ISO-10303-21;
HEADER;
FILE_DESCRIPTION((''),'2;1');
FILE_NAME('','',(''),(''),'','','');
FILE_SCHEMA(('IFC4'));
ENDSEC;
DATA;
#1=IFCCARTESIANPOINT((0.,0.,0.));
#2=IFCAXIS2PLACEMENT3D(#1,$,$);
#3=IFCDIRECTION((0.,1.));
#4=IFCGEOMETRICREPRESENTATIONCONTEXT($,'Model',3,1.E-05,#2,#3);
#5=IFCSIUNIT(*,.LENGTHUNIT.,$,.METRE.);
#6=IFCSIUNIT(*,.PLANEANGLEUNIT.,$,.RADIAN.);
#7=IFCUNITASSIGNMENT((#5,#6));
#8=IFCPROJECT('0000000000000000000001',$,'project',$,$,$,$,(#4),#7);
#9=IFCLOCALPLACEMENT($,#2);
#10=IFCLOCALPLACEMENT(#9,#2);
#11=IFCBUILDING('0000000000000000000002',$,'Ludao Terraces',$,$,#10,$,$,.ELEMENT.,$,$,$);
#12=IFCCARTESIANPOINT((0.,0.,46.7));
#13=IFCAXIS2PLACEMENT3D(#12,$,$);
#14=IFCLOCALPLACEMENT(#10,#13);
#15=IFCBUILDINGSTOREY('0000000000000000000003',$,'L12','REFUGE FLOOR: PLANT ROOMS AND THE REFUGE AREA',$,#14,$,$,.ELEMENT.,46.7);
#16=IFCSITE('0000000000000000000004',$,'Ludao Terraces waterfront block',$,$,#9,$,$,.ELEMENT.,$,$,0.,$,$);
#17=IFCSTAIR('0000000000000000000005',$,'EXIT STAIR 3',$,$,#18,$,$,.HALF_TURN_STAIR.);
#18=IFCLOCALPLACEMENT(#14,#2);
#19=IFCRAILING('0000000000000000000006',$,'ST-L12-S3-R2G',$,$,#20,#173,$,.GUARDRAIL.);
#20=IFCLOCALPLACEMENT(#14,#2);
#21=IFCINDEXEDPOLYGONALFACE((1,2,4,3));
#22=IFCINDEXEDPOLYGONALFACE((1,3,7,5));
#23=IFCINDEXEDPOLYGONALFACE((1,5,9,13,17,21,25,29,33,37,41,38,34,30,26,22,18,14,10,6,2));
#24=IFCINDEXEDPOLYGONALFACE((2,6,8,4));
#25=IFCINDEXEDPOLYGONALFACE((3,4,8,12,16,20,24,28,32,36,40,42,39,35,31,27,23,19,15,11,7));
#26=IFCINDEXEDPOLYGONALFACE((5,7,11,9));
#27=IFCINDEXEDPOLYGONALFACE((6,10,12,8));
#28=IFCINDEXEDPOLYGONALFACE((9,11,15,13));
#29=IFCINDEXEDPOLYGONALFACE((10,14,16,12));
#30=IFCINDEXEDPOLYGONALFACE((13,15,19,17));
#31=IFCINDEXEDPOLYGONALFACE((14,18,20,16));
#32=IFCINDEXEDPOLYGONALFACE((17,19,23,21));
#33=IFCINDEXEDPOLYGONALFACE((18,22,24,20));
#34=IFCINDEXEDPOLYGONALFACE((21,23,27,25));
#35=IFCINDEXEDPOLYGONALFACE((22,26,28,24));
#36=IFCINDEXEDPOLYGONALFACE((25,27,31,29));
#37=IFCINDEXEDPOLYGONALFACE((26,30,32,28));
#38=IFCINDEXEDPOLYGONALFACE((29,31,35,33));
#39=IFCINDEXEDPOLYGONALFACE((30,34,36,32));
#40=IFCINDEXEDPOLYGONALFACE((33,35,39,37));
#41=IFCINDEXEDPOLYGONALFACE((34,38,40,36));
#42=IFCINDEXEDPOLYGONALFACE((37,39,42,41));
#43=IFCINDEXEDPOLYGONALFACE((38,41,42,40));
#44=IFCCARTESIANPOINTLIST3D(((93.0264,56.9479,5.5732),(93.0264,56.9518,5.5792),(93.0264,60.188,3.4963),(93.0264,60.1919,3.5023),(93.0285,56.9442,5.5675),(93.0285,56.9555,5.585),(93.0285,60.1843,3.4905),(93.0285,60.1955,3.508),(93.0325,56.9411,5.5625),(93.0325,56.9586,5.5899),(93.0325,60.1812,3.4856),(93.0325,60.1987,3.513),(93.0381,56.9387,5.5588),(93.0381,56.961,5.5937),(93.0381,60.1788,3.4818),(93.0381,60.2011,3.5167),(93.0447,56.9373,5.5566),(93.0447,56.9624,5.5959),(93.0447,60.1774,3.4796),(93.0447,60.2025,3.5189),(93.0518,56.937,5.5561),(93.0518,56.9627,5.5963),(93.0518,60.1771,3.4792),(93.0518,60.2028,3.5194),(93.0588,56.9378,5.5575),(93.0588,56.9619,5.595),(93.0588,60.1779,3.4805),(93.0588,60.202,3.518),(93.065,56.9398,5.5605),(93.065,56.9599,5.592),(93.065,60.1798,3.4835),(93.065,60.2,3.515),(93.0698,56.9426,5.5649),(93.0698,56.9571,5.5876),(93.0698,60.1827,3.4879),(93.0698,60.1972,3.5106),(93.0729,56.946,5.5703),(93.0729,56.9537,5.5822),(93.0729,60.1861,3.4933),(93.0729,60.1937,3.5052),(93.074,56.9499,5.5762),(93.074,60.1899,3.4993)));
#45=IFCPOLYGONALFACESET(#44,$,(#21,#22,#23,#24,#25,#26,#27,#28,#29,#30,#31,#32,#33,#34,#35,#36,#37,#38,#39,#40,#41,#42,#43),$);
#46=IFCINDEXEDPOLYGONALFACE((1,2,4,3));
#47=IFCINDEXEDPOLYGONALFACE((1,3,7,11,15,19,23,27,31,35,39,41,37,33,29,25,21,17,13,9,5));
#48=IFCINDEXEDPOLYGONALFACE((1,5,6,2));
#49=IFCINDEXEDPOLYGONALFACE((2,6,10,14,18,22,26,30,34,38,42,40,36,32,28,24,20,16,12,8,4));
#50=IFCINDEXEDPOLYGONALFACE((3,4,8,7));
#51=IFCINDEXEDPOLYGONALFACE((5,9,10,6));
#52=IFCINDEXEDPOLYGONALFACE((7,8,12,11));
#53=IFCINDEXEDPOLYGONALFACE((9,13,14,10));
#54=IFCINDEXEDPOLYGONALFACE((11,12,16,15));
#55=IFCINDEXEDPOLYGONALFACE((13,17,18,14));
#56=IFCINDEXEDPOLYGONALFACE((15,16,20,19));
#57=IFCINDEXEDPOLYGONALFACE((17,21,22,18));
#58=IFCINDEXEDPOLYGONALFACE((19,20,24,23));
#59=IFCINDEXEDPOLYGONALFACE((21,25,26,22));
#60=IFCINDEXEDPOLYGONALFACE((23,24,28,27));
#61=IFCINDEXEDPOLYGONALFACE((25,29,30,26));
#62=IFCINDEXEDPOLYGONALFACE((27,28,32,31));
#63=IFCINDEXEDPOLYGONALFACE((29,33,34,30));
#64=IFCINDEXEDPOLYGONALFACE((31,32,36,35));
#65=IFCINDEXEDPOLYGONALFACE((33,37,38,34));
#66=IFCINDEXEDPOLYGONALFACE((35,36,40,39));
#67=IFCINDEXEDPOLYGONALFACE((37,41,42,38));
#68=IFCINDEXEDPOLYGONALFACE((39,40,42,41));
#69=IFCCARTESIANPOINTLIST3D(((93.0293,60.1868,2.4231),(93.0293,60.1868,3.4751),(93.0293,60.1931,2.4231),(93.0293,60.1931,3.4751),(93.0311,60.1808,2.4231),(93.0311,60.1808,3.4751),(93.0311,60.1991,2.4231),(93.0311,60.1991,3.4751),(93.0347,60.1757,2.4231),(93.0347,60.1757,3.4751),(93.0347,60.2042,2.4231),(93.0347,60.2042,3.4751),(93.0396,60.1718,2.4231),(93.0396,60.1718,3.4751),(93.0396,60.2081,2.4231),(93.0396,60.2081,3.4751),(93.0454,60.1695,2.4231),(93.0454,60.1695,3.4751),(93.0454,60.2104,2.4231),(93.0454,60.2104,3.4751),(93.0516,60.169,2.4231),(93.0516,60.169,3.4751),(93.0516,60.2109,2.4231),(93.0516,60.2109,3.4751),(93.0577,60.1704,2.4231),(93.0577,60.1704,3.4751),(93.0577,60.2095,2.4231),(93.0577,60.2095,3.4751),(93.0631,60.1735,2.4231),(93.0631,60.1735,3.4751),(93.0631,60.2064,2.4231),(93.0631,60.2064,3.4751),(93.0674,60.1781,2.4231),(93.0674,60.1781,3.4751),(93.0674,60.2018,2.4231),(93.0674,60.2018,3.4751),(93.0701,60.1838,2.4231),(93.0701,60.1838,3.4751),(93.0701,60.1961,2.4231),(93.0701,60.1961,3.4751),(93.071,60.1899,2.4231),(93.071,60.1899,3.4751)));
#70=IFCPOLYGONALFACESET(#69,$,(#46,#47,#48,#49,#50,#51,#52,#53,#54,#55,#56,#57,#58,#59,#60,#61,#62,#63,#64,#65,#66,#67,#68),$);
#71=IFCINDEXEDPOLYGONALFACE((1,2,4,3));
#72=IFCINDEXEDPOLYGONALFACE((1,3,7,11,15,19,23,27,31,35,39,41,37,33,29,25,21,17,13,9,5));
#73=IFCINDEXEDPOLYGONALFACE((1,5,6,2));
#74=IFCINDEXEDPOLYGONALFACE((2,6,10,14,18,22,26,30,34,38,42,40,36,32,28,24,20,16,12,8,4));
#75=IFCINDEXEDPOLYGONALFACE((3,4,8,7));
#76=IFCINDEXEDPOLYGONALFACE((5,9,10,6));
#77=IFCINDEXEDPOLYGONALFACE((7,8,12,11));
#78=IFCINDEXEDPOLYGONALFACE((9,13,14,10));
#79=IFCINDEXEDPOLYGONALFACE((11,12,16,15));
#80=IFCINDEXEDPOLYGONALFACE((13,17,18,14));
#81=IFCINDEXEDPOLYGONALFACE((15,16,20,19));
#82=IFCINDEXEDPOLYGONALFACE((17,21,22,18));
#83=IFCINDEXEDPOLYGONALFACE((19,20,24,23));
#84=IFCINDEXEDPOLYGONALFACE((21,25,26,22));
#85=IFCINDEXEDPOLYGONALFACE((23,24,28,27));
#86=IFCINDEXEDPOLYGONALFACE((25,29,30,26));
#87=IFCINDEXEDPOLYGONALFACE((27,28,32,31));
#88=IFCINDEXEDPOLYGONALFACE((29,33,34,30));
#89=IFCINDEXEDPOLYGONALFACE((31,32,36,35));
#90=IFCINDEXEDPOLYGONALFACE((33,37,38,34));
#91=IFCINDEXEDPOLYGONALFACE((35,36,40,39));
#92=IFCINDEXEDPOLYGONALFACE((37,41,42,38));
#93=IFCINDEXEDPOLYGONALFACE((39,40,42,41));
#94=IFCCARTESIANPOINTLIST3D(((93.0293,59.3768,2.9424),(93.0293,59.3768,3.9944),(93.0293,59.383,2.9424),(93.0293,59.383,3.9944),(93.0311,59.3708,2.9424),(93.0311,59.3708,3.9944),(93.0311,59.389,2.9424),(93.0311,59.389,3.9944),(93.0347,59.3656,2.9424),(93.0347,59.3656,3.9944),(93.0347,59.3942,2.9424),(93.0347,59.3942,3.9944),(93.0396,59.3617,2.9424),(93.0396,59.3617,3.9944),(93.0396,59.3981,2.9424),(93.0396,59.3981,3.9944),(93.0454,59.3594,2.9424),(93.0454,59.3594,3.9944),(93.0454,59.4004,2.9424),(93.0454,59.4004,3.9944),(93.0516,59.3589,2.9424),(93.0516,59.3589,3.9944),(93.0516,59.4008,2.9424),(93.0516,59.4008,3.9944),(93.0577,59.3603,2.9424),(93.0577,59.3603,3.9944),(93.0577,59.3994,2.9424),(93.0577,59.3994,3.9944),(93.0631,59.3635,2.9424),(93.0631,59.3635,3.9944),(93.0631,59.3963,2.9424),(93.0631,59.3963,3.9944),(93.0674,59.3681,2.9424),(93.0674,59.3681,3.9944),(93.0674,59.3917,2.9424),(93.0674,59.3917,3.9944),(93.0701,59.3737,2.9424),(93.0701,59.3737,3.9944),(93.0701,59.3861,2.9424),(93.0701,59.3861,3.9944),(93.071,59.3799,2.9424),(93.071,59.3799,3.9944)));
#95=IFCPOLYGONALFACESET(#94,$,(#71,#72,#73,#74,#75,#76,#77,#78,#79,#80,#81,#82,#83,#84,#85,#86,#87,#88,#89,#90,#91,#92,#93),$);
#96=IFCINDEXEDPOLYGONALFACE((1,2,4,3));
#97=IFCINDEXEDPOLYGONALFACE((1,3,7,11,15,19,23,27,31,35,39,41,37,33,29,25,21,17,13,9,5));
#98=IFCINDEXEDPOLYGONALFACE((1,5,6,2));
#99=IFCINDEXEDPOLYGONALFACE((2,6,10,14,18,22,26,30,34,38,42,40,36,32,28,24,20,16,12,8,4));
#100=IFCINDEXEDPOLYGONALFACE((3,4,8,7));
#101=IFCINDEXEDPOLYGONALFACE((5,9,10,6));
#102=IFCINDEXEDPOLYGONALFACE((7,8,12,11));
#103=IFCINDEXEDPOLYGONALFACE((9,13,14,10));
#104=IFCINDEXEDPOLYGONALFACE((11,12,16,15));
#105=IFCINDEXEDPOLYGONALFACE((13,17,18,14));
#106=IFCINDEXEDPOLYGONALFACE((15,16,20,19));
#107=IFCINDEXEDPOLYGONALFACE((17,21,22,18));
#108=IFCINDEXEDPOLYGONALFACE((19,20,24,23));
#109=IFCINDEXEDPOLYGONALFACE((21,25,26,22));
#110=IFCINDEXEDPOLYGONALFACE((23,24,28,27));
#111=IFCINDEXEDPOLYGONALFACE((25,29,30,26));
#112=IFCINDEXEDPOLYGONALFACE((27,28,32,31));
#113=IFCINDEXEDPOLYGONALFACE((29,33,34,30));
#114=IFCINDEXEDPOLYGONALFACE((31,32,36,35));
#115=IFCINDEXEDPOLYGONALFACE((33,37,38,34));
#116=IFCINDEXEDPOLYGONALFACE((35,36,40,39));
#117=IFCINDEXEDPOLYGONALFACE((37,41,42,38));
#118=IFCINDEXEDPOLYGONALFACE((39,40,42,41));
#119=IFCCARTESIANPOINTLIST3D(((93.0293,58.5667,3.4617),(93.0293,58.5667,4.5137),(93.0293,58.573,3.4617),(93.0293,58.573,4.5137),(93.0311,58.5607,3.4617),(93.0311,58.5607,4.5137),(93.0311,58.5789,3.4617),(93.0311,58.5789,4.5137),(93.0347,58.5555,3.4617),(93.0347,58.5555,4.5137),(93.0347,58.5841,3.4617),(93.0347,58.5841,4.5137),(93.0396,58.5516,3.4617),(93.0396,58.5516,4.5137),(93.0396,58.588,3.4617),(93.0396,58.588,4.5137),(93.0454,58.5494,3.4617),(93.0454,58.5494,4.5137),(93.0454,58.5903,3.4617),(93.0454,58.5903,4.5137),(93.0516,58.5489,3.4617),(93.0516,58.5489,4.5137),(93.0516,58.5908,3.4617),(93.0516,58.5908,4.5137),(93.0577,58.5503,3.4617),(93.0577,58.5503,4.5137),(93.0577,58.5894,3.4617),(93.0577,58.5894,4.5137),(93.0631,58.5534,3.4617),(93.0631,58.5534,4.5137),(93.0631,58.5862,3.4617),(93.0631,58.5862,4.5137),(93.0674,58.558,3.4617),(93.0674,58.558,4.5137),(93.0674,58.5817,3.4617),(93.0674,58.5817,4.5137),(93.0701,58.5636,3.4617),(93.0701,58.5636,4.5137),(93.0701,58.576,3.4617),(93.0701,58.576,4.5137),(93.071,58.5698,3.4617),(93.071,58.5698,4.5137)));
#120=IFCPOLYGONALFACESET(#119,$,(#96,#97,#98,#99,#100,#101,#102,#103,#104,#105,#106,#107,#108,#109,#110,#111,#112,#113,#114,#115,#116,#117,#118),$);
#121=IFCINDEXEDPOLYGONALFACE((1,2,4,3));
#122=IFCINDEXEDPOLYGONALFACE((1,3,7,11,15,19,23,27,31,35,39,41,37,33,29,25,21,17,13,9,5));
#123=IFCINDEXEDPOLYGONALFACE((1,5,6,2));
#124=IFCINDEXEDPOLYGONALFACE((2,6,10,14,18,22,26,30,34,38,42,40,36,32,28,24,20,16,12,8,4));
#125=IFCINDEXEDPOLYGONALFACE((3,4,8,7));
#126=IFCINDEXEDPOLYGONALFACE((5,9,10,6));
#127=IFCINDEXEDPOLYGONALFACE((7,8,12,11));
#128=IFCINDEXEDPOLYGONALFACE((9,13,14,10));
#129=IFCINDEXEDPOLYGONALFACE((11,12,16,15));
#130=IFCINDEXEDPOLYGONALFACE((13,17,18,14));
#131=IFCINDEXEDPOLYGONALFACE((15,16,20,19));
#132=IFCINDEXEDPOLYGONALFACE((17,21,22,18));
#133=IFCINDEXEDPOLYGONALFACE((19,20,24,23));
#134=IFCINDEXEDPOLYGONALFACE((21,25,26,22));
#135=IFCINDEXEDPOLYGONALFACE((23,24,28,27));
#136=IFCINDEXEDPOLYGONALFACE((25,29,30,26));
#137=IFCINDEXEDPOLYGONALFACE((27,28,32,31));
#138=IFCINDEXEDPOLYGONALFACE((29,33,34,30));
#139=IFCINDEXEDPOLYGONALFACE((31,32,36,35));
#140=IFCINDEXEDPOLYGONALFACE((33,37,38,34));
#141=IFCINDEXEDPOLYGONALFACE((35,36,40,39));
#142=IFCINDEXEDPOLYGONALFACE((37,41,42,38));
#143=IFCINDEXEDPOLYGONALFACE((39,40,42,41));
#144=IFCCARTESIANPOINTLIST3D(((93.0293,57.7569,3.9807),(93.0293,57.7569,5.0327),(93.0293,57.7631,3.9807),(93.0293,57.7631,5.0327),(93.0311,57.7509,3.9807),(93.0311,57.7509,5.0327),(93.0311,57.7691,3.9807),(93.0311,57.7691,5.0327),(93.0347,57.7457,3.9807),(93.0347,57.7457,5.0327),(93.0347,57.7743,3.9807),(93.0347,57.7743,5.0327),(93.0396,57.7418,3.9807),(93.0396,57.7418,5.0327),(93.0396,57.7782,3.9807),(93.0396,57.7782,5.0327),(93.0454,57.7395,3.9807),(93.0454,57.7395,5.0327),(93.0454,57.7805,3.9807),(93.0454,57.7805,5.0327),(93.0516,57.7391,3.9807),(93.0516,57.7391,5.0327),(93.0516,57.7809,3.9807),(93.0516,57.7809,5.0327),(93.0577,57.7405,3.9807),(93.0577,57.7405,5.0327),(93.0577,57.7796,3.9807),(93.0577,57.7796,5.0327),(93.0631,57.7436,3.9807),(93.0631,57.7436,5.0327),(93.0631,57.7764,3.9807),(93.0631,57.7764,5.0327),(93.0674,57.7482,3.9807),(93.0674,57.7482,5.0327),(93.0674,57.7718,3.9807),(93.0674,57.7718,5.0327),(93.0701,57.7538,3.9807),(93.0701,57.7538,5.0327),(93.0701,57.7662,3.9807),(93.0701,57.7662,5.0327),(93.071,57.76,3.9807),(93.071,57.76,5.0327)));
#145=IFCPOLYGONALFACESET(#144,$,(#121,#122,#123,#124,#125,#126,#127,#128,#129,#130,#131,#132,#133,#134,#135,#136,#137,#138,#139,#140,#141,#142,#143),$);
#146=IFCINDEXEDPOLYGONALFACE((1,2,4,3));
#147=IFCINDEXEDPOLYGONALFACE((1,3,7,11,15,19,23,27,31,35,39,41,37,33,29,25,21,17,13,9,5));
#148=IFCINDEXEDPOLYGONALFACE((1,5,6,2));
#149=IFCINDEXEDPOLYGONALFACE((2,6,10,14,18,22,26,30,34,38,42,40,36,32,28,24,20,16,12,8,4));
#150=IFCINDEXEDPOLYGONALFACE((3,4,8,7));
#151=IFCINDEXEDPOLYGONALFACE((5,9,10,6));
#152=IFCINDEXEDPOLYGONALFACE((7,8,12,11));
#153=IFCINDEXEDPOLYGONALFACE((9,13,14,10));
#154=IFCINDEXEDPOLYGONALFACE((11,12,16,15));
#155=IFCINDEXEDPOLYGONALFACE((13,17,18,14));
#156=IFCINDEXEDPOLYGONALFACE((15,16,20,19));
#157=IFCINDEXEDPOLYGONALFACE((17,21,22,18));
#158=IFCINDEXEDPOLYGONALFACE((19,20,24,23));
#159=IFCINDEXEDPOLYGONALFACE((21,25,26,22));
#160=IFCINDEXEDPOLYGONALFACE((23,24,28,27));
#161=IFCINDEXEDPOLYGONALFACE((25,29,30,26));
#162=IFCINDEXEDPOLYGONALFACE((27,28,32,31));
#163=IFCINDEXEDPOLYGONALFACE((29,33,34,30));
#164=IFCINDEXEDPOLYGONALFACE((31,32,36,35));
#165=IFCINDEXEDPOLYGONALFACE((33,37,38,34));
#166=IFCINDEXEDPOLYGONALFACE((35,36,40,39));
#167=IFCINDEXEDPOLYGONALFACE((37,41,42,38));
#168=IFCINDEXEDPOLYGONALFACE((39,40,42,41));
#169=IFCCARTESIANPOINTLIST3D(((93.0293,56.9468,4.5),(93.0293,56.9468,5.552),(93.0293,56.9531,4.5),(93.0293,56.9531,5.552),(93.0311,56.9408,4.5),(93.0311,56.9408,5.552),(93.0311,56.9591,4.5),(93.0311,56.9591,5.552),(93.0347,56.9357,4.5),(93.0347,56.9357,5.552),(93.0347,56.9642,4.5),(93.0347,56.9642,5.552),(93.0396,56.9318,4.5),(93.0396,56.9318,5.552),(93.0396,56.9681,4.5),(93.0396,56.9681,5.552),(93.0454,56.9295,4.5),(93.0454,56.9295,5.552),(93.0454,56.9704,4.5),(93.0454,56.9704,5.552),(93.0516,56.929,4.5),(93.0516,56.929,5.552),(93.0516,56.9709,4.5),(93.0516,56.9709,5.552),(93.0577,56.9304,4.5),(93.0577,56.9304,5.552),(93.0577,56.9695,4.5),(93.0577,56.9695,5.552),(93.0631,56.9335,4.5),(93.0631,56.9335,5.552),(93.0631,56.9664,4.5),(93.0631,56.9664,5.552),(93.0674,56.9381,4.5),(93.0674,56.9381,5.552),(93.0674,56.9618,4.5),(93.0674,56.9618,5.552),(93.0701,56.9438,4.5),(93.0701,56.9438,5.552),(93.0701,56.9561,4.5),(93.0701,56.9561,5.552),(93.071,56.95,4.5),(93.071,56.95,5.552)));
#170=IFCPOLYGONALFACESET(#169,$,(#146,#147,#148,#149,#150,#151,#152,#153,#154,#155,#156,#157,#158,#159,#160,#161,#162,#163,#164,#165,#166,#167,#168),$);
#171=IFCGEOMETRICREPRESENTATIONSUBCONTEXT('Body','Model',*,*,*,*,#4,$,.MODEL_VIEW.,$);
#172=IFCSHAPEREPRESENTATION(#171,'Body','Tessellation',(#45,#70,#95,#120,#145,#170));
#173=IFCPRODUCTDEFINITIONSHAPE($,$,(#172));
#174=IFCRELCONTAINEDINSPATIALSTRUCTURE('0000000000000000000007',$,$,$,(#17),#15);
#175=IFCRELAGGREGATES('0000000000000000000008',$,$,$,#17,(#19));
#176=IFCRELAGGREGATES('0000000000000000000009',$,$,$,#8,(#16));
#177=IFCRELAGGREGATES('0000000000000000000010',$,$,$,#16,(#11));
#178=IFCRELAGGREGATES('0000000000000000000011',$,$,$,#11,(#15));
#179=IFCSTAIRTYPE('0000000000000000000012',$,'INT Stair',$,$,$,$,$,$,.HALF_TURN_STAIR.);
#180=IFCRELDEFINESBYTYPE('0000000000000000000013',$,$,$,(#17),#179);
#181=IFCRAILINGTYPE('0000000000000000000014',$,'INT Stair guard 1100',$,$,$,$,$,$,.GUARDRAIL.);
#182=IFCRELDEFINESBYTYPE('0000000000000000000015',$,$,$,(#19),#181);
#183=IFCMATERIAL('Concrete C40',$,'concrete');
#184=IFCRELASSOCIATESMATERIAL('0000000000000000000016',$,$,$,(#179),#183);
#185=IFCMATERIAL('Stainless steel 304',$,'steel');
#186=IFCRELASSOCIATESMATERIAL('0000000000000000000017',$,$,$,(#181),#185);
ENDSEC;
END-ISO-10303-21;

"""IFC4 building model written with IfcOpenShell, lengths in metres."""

from ifc_helpers import new_model, si_unit, direction, frame, origin, origin_2d, place, context, subcontext, project, spatial, circle, extrude, material, type_object, element, aggregate, save


model = new_model("IFC4")

# Units and contexts
model_context = context("Model", 3, precision=1e-05, world=origin(), true_north=direction((0.0, 1.0)))
body_context = subcontext(model_context, "Body", "Model", "MODEL_VIEW")
ifc_project = project(units=[si_unit("LENGTHUNIT", "METRE"), si_unit("PLANEANGLEUNIT", "RADIAN")], contexts=[model_context])

# Site, building, storey
site_placement = place(None, origin())
site = spatial("IfcSite", under=ifc_project, at=site_placement, Name="Ludao Terraces waterfront block", CompositionType="ELEMENT", RefElevation=0.0)
building_placement = place(site_placement, origin())
building = spatial("IfcBuilding", under=site, at=building_placement, Name="Ludao Terraces", CompositionType="ELEMENT")
storey_placement = place(building_placement, frame((0.0, 0.0, 46.7)))
storey = spatial("IfcBuildingStorey", under=building, at=storey_placement, Name="L12", Description="REFUGE FLOOR: PLANT ROOMS AND THE REFUGE AREA", CompositionType="ELEMENT", Elevation=46.7)

# Stair, railing
ifc_material_1 = material(Name="Concrete C40", Category="concrete")
stair_type = type_object("IfcStairType", Name="INT Stair", PredefinedType="HALF_TURN_STAIR", material=ifc_material_1)
stair_placement = place(storey_placement, origin())
stair = element("IfcStair", 1, at=stair_placement, inside=storey, type_object=stair_type, Name="EXIT STAIR 3", PredefinedType="HALF_TURN_STAIR")
ifc_material_2 = material(Name="Stainless steel 304", Category="steel")
railing_type_1 = type_object("IfcRailingType", Name="INT Stair guard 1100", PredefinedType="GUARDRAIL", material=ifc_material_2)
railing_1_placement = place(storey_placement, frame((93.05, 60.1899, 2.4231)))
railing_1 = element("IfcRailing", 2, at=railing_1_placement, type_object=railing_type_1, Name="ST-L12-S3-R2G", PredefinedType="GUARDRAIL", context=body_context, shape_type="SweptSolid", body=[
    extrude(circle(Radius=0.0239, at=origin_2d()), frame((0.0, 0.0, 1.0762), z_axis=(0.0, -0.841881, 0.539664), x_axis=(1.0, 0.0, 0.0)), (0.0, 0.0, 1.0), 3.8486),
    extrude(circle(Radius=0.021, at=origin_2d()), origin(), (0.0, 0.0, 1.0), 1.052),
    extrude(circle(Radius=0.021, at=origin_2d()), frame((0.0, -0.8101, 0.5193)), (0.0, 0.0, 1.0), 1.052),
    extrude(circle(Radius=0.021, at=origin_2d()), frame((0.0, -1.6201, 1.0386)), (0.0, 0.0, 1.0), 1.052),
    extrude(circle(Radius=0.021, at=origin_2d()), frame((0.0, -2.4299, 1.5576)), (0.0, 0.0, 1.0), 1.052),
    extrude(circle(Radius=0.021, at=origin_2d()), frame((0.0, -3.24, 2.0769)), (0.0, 0.0, 1.0), 1.052),
])
aggregate(stair, [railing_1])

save(model, "model.ifc")
